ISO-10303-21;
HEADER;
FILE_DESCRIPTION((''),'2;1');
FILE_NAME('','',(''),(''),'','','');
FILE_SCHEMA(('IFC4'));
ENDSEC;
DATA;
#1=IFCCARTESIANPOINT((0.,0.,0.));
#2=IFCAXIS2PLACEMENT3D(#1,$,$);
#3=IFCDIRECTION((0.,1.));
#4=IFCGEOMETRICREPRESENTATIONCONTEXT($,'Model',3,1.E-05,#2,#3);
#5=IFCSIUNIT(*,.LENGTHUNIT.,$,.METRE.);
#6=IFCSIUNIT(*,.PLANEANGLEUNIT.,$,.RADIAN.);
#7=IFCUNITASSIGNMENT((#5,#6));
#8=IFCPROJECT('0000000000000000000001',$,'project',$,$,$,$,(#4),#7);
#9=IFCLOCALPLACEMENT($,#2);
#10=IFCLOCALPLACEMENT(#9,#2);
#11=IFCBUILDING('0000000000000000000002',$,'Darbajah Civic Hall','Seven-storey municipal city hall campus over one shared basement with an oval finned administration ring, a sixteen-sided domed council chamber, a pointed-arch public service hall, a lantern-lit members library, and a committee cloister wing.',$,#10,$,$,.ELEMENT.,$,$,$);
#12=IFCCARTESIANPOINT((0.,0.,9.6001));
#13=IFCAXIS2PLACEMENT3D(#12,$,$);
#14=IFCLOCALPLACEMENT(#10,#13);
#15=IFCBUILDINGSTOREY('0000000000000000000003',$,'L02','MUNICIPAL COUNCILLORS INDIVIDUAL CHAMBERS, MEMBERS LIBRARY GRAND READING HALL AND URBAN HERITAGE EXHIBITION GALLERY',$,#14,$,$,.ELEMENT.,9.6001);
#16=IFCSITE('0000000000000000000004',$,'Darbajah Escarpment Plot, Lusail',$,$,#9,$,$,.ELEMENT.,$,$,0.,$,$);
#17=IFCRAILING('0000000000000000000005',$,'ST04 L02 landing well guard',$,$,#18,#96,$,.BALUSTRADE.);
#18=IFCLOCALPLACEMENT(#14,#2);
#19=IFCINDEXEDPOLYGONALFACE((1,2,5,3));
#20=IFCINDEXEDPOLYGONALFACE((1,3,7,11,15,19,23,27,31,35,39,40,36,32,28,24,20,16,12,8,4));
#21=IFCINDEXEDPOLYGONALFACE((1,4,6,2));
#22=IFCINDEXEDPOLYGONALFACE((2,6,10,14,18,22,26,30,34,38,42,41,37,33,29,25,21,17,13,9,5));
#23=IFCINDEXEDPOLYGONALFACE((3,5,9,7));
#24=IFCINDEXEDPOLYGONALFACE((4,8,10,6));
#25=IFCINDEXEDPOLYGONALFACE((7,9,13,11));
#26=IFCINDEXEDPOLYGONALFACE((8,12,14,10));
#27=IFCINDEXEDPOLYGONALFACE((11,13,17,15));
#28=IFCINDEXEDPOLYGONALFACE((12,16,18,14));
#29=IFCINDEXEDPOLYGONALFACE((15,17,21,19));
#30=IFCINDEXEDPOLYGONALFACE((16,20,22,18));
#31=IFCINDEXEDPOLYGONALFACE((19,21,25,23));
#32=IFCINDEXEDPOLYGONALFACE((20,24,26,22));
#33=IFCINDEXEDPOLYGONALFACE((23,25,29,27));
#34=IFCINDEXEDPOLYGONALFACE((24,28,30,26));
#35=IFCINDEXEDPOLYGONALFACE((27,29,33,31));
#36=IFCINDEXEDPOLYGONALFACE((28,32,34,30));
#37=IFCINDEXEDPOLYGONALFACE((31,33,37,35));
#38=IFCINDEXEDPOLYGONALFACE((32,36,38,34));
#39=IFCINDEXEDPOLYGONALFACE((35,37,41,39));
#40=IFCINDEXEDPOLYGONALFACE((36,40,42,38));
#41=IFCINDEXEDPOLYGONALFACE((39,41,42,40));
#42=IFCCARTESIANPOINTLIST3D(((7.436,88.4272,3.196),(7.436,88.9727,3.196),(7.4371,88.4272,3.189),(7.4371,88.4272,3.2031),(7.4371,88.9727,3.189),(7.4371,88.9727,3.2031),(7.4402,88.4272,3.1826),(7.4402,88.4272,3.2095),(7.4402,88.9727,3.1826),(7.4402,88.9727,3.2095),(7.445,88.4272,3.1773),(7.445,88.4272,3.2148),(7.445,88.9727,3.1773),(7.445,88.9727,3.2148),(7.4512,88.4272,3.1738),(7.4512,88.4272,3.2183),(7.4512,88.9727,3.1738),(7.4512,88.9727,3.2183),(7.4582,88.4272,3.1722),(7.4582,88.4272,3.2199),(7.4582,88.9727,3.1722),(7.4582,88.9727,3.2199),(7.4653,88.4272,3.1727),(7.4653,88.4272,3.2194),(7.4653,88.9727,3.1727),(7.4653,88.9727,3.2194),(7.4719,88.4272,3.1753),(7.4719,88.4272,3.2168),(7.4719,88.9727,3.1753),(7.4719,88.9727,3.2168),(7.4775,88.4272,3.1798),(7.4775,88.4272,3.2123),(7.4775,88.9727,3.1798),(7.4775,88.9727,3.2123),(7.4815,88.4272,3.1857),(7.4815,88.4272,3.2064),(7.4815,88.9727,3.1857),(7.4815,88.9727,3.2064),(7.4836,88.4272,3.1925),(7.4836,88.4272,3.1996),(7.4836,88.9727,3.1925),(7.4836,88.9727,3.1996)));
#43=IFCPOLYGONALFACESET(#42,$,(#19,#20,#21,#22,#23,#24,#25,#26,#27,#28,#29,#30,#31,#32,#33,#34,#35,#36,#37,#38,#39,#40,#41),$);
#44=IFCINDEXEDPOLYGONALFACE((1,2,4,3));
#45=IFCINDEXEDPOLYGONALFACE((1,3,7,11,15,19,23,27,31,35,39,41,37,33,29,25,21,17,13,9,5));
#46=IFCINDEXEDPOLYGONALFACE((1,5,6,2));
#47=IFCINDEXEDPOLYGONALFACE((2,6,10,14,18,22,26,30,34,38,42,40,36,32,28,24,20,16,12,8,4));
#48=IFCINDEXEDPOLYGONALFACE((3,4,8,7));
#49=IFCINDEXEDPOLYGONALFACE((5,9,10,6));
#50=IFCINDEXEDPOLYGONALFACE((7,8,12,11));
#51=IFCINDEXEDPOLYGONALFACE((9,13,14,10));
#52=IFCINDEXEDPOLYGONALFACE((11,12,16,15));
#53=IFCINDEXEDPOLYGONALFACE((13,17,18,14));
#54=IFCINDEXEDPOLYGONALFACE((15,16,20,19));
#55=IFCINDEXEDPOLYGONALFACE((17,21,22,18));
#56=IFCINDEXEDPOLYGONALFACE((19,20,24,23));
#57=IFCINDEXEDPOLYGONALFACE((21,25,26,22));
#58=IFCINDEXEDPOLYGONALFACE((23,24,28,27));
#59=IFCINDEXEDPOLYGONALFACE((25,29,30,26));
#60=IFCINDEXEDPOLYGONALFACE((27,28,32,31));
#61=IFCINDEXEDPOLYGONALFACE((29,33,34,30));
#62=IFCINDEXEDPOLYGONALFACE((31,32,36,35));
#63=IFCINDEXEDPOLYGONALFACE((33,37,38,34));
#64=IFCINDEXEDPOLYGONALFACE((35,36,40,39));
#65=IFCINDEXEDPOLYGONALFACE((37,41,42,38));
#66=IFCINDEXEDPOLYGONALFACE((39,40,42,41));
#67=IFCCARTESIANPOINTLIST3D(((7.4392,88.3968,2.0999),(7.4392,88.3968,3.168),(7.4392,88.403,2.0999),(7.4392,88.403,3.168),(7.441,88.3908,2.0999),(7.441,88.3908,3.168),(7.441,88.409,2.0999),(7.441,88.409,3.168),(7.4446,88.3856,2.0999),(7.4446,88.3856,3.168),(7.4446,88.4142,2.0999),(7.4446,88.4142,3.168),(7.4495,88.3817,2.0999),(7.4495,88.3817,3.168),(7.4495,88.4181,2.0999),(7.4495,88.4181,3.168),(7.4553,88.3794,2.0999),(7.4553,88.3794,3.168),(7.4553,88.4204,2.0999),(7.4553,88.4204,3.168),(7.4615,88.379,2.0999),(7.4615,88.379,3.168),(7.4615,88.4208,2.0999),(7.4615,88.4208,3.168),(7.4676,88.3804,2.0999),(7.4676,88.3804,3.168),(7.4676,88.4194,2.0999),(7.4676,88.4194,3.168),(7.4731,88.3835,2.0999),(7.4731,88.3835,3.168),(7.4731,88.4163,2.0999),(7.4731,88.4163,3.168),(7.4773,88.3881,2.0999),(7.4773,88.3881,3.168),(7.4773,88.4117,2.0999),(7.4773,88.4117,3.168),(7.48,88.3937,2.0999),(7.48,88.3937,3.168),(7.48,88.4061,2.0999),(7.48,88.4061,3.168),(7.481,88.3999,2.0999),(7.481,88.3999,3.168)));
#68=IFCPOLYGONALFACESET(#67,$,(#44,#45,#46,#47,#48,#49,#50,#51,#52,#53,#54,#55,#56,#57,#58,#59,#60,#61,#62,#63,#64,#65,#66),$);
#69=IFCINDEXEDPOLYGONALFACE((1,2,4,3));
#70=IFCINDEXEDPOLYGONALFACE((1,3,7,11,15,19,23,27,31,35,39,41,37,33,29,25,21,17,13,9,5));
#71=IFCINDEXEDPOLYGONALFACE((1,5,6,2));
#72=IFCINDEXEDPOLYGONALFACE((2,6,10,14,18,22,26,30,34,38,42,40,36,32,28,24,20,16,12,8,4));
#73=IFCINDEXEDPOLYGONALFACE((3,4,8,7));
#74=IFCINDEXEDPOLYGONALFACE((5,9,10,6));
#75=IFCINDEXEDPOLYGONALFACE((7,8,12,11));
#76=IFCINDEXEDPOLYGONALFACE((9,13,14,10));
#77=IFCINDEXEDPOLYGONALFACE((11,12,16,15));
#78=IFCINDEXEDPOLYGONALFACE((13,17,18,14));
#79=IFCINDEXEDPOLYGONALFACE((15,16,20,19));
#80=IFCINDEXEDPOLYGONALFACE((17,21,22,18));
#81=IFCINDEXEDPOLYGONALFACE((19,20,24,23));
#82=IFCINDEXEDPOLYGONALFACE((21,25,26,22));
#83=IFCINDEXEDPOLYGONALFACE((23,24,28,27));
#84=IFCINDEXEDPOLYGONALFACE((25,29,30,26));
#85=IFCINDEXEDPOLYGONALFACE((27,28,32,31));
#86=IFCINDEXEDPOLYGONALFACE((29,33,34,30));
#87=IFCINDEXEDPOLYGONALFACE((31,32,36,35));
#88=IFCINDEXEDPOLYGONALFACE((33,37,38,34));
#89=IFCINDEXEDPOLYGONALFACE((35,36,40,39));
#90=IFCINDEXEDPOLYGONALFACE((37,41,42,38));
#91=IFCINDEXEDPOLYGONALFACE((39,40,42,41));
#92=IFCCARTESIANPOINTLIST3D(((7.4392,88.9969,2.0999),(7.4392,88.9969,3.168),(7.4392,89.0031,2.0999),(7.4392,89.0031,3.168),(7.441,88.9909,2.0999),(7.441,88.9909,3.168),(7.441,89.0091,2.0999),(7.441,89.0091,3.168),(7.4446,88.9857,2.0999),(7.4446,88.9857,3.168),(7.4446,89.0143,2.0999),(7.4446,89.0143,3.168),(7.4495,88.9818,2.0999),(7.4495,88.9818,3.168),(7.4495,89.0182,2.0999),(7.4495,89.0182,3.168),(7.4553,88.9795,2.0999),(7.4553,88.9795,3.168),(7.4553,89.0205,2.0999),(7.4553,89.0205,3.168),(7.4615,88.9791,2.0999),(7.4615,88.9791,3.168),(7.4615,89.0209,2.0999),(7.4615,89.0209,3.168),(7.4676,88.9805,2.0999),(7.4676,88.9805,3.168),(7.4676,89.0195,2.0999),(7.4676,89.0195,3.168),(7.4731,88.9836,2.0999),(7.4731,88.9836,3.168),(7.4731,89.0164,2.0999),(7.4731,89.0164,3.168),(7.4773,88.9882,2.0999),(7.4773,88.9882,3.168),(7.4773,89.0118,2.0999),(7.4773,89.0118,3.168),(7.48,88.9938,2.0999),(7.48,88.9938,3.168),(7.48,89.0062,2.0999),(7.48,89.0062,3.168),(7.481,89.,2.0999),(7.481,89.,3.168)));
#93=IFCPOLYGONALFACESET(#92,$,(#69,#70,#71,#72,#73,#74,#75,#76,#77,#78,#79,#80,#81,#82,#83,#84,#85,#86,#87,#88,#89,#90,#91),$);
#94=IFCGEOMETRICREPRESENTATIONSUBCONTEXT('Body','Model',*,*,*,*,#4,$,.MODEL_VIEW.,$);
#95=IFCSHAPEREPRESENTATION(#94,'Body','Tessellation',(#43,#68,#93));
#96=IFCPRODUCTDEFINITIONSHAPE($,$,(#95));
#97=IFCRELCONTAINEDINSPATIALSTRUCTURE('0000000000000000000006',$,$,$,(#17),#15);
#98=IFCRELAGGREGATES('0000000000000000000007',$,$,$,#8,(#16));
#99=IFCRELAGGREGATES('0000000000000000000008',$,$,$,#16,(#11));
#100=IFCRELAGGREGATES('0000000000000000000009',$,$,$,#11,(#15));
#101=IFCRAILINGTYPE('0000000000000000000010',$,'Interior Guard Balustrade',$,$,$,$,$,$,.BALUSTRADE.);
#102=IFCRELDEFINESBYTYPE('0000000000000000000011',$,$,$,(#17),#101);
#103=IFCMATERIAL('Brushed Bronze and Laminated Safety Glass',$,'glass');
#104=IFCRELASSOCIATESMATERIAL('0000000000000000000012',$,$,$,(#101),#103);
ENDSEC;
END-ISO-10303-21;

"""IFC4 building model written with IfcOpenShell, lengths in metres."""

from ifc_helpers import new_model, si_unit, direction, frame, origin, origin_2d, place, context, subcontext, project, spatial, circle, extrude, material, type_object, element, save


model = new_model("IFC4")

# Units and contexts
model_context = context("Model", 3, precision=1e-05, world=origin(), true_north=direction((0.0, 1.0)))
body_context = subcontext(model_context, "Body", "Model", "MODEL_VIEW")
ifc_project = project(units=[si_unit("LENGTHUNIT", "METRE"), si_unit("PLANEANGLEUNIT", "RADIAN")], contexts=[model_context])

# Site, building, storey
site_placement = place(None, origin())
site = spatial("IfcSite", under=ifc_project, at=site_placement, Name="Darbajah Escarpment Plot, Lusail", CompositionType="ELEMENT", RefElevation=0.0)
building_placement = place(site_placement, origin())
building = spatial("IfcBuilding", under=site, at=building_placement, Name="Darbajah Civic Hall", Description="Seven-storey municipal city hall campus over one shared basement with an oval finned administration ring, a sixteen-sided domed council chamber, a pointed-arch public service hall, a lantern-lit members library, and a committee cloister wing.", CompositionType="ELEMENT")
storey_placement = place(building_placement, frame((0.0, 0.0, 9.6001)))
storey = spatial("IfcBuildingStorey", under=building, at=storey_placement, Name="L02", Description="MUNICIPAL COUNCILLORS INDIVIDUAL CHAMBERS, MEMBERS LIBRARY GRAND READING HALL AND URBAN HERITAGE EXHIBITION GALLERY", CompositionType="ELEMENT", Elevation=9.6001)

# Railing
ifc_material_1 = material(Name="Brushed Bronze and Laminated Safety Glass", Category="glass")
railing_type_1 = type_object("IfcRailingType", Name="Interior Guard Balustrade", PredefinedType="BALUSTRADE", material=ifc_material_1)
railing_1_placement = place(storey_placement, frame((7.46, 88.3999, 2.0999)))
element("IfcRailing", 1, at=railing_1_placement, inside=storey, type_object=railing_type_1, Name="ST04 L02 landing well guard", PredefinedType="BALUSTRADE", context=body_context, shape_type="SweptSolid", body=[
    extrude(circle(Radius=0.0239, at=origin_2d()), frame((0.0, 0.0273, 1.0962), z_axis=(0.0, 1.0, 0.0), x_axis=(-1.0, 0.0, 0.0)), (0.0, 0.0, 1.0), 0.5454),
    extrude(circle(Radius=0.021, at=origin_2d()), origin(), (0.0, 0.0, 1.0), 1.0681),
    extrude(circle(Radius=0.021, at=origin_2d()), frame((0.0, 0.6001, 0.0)), (0.0, 0.0, 1.0), 1.0681),
])

save(model, "model.ifc")
